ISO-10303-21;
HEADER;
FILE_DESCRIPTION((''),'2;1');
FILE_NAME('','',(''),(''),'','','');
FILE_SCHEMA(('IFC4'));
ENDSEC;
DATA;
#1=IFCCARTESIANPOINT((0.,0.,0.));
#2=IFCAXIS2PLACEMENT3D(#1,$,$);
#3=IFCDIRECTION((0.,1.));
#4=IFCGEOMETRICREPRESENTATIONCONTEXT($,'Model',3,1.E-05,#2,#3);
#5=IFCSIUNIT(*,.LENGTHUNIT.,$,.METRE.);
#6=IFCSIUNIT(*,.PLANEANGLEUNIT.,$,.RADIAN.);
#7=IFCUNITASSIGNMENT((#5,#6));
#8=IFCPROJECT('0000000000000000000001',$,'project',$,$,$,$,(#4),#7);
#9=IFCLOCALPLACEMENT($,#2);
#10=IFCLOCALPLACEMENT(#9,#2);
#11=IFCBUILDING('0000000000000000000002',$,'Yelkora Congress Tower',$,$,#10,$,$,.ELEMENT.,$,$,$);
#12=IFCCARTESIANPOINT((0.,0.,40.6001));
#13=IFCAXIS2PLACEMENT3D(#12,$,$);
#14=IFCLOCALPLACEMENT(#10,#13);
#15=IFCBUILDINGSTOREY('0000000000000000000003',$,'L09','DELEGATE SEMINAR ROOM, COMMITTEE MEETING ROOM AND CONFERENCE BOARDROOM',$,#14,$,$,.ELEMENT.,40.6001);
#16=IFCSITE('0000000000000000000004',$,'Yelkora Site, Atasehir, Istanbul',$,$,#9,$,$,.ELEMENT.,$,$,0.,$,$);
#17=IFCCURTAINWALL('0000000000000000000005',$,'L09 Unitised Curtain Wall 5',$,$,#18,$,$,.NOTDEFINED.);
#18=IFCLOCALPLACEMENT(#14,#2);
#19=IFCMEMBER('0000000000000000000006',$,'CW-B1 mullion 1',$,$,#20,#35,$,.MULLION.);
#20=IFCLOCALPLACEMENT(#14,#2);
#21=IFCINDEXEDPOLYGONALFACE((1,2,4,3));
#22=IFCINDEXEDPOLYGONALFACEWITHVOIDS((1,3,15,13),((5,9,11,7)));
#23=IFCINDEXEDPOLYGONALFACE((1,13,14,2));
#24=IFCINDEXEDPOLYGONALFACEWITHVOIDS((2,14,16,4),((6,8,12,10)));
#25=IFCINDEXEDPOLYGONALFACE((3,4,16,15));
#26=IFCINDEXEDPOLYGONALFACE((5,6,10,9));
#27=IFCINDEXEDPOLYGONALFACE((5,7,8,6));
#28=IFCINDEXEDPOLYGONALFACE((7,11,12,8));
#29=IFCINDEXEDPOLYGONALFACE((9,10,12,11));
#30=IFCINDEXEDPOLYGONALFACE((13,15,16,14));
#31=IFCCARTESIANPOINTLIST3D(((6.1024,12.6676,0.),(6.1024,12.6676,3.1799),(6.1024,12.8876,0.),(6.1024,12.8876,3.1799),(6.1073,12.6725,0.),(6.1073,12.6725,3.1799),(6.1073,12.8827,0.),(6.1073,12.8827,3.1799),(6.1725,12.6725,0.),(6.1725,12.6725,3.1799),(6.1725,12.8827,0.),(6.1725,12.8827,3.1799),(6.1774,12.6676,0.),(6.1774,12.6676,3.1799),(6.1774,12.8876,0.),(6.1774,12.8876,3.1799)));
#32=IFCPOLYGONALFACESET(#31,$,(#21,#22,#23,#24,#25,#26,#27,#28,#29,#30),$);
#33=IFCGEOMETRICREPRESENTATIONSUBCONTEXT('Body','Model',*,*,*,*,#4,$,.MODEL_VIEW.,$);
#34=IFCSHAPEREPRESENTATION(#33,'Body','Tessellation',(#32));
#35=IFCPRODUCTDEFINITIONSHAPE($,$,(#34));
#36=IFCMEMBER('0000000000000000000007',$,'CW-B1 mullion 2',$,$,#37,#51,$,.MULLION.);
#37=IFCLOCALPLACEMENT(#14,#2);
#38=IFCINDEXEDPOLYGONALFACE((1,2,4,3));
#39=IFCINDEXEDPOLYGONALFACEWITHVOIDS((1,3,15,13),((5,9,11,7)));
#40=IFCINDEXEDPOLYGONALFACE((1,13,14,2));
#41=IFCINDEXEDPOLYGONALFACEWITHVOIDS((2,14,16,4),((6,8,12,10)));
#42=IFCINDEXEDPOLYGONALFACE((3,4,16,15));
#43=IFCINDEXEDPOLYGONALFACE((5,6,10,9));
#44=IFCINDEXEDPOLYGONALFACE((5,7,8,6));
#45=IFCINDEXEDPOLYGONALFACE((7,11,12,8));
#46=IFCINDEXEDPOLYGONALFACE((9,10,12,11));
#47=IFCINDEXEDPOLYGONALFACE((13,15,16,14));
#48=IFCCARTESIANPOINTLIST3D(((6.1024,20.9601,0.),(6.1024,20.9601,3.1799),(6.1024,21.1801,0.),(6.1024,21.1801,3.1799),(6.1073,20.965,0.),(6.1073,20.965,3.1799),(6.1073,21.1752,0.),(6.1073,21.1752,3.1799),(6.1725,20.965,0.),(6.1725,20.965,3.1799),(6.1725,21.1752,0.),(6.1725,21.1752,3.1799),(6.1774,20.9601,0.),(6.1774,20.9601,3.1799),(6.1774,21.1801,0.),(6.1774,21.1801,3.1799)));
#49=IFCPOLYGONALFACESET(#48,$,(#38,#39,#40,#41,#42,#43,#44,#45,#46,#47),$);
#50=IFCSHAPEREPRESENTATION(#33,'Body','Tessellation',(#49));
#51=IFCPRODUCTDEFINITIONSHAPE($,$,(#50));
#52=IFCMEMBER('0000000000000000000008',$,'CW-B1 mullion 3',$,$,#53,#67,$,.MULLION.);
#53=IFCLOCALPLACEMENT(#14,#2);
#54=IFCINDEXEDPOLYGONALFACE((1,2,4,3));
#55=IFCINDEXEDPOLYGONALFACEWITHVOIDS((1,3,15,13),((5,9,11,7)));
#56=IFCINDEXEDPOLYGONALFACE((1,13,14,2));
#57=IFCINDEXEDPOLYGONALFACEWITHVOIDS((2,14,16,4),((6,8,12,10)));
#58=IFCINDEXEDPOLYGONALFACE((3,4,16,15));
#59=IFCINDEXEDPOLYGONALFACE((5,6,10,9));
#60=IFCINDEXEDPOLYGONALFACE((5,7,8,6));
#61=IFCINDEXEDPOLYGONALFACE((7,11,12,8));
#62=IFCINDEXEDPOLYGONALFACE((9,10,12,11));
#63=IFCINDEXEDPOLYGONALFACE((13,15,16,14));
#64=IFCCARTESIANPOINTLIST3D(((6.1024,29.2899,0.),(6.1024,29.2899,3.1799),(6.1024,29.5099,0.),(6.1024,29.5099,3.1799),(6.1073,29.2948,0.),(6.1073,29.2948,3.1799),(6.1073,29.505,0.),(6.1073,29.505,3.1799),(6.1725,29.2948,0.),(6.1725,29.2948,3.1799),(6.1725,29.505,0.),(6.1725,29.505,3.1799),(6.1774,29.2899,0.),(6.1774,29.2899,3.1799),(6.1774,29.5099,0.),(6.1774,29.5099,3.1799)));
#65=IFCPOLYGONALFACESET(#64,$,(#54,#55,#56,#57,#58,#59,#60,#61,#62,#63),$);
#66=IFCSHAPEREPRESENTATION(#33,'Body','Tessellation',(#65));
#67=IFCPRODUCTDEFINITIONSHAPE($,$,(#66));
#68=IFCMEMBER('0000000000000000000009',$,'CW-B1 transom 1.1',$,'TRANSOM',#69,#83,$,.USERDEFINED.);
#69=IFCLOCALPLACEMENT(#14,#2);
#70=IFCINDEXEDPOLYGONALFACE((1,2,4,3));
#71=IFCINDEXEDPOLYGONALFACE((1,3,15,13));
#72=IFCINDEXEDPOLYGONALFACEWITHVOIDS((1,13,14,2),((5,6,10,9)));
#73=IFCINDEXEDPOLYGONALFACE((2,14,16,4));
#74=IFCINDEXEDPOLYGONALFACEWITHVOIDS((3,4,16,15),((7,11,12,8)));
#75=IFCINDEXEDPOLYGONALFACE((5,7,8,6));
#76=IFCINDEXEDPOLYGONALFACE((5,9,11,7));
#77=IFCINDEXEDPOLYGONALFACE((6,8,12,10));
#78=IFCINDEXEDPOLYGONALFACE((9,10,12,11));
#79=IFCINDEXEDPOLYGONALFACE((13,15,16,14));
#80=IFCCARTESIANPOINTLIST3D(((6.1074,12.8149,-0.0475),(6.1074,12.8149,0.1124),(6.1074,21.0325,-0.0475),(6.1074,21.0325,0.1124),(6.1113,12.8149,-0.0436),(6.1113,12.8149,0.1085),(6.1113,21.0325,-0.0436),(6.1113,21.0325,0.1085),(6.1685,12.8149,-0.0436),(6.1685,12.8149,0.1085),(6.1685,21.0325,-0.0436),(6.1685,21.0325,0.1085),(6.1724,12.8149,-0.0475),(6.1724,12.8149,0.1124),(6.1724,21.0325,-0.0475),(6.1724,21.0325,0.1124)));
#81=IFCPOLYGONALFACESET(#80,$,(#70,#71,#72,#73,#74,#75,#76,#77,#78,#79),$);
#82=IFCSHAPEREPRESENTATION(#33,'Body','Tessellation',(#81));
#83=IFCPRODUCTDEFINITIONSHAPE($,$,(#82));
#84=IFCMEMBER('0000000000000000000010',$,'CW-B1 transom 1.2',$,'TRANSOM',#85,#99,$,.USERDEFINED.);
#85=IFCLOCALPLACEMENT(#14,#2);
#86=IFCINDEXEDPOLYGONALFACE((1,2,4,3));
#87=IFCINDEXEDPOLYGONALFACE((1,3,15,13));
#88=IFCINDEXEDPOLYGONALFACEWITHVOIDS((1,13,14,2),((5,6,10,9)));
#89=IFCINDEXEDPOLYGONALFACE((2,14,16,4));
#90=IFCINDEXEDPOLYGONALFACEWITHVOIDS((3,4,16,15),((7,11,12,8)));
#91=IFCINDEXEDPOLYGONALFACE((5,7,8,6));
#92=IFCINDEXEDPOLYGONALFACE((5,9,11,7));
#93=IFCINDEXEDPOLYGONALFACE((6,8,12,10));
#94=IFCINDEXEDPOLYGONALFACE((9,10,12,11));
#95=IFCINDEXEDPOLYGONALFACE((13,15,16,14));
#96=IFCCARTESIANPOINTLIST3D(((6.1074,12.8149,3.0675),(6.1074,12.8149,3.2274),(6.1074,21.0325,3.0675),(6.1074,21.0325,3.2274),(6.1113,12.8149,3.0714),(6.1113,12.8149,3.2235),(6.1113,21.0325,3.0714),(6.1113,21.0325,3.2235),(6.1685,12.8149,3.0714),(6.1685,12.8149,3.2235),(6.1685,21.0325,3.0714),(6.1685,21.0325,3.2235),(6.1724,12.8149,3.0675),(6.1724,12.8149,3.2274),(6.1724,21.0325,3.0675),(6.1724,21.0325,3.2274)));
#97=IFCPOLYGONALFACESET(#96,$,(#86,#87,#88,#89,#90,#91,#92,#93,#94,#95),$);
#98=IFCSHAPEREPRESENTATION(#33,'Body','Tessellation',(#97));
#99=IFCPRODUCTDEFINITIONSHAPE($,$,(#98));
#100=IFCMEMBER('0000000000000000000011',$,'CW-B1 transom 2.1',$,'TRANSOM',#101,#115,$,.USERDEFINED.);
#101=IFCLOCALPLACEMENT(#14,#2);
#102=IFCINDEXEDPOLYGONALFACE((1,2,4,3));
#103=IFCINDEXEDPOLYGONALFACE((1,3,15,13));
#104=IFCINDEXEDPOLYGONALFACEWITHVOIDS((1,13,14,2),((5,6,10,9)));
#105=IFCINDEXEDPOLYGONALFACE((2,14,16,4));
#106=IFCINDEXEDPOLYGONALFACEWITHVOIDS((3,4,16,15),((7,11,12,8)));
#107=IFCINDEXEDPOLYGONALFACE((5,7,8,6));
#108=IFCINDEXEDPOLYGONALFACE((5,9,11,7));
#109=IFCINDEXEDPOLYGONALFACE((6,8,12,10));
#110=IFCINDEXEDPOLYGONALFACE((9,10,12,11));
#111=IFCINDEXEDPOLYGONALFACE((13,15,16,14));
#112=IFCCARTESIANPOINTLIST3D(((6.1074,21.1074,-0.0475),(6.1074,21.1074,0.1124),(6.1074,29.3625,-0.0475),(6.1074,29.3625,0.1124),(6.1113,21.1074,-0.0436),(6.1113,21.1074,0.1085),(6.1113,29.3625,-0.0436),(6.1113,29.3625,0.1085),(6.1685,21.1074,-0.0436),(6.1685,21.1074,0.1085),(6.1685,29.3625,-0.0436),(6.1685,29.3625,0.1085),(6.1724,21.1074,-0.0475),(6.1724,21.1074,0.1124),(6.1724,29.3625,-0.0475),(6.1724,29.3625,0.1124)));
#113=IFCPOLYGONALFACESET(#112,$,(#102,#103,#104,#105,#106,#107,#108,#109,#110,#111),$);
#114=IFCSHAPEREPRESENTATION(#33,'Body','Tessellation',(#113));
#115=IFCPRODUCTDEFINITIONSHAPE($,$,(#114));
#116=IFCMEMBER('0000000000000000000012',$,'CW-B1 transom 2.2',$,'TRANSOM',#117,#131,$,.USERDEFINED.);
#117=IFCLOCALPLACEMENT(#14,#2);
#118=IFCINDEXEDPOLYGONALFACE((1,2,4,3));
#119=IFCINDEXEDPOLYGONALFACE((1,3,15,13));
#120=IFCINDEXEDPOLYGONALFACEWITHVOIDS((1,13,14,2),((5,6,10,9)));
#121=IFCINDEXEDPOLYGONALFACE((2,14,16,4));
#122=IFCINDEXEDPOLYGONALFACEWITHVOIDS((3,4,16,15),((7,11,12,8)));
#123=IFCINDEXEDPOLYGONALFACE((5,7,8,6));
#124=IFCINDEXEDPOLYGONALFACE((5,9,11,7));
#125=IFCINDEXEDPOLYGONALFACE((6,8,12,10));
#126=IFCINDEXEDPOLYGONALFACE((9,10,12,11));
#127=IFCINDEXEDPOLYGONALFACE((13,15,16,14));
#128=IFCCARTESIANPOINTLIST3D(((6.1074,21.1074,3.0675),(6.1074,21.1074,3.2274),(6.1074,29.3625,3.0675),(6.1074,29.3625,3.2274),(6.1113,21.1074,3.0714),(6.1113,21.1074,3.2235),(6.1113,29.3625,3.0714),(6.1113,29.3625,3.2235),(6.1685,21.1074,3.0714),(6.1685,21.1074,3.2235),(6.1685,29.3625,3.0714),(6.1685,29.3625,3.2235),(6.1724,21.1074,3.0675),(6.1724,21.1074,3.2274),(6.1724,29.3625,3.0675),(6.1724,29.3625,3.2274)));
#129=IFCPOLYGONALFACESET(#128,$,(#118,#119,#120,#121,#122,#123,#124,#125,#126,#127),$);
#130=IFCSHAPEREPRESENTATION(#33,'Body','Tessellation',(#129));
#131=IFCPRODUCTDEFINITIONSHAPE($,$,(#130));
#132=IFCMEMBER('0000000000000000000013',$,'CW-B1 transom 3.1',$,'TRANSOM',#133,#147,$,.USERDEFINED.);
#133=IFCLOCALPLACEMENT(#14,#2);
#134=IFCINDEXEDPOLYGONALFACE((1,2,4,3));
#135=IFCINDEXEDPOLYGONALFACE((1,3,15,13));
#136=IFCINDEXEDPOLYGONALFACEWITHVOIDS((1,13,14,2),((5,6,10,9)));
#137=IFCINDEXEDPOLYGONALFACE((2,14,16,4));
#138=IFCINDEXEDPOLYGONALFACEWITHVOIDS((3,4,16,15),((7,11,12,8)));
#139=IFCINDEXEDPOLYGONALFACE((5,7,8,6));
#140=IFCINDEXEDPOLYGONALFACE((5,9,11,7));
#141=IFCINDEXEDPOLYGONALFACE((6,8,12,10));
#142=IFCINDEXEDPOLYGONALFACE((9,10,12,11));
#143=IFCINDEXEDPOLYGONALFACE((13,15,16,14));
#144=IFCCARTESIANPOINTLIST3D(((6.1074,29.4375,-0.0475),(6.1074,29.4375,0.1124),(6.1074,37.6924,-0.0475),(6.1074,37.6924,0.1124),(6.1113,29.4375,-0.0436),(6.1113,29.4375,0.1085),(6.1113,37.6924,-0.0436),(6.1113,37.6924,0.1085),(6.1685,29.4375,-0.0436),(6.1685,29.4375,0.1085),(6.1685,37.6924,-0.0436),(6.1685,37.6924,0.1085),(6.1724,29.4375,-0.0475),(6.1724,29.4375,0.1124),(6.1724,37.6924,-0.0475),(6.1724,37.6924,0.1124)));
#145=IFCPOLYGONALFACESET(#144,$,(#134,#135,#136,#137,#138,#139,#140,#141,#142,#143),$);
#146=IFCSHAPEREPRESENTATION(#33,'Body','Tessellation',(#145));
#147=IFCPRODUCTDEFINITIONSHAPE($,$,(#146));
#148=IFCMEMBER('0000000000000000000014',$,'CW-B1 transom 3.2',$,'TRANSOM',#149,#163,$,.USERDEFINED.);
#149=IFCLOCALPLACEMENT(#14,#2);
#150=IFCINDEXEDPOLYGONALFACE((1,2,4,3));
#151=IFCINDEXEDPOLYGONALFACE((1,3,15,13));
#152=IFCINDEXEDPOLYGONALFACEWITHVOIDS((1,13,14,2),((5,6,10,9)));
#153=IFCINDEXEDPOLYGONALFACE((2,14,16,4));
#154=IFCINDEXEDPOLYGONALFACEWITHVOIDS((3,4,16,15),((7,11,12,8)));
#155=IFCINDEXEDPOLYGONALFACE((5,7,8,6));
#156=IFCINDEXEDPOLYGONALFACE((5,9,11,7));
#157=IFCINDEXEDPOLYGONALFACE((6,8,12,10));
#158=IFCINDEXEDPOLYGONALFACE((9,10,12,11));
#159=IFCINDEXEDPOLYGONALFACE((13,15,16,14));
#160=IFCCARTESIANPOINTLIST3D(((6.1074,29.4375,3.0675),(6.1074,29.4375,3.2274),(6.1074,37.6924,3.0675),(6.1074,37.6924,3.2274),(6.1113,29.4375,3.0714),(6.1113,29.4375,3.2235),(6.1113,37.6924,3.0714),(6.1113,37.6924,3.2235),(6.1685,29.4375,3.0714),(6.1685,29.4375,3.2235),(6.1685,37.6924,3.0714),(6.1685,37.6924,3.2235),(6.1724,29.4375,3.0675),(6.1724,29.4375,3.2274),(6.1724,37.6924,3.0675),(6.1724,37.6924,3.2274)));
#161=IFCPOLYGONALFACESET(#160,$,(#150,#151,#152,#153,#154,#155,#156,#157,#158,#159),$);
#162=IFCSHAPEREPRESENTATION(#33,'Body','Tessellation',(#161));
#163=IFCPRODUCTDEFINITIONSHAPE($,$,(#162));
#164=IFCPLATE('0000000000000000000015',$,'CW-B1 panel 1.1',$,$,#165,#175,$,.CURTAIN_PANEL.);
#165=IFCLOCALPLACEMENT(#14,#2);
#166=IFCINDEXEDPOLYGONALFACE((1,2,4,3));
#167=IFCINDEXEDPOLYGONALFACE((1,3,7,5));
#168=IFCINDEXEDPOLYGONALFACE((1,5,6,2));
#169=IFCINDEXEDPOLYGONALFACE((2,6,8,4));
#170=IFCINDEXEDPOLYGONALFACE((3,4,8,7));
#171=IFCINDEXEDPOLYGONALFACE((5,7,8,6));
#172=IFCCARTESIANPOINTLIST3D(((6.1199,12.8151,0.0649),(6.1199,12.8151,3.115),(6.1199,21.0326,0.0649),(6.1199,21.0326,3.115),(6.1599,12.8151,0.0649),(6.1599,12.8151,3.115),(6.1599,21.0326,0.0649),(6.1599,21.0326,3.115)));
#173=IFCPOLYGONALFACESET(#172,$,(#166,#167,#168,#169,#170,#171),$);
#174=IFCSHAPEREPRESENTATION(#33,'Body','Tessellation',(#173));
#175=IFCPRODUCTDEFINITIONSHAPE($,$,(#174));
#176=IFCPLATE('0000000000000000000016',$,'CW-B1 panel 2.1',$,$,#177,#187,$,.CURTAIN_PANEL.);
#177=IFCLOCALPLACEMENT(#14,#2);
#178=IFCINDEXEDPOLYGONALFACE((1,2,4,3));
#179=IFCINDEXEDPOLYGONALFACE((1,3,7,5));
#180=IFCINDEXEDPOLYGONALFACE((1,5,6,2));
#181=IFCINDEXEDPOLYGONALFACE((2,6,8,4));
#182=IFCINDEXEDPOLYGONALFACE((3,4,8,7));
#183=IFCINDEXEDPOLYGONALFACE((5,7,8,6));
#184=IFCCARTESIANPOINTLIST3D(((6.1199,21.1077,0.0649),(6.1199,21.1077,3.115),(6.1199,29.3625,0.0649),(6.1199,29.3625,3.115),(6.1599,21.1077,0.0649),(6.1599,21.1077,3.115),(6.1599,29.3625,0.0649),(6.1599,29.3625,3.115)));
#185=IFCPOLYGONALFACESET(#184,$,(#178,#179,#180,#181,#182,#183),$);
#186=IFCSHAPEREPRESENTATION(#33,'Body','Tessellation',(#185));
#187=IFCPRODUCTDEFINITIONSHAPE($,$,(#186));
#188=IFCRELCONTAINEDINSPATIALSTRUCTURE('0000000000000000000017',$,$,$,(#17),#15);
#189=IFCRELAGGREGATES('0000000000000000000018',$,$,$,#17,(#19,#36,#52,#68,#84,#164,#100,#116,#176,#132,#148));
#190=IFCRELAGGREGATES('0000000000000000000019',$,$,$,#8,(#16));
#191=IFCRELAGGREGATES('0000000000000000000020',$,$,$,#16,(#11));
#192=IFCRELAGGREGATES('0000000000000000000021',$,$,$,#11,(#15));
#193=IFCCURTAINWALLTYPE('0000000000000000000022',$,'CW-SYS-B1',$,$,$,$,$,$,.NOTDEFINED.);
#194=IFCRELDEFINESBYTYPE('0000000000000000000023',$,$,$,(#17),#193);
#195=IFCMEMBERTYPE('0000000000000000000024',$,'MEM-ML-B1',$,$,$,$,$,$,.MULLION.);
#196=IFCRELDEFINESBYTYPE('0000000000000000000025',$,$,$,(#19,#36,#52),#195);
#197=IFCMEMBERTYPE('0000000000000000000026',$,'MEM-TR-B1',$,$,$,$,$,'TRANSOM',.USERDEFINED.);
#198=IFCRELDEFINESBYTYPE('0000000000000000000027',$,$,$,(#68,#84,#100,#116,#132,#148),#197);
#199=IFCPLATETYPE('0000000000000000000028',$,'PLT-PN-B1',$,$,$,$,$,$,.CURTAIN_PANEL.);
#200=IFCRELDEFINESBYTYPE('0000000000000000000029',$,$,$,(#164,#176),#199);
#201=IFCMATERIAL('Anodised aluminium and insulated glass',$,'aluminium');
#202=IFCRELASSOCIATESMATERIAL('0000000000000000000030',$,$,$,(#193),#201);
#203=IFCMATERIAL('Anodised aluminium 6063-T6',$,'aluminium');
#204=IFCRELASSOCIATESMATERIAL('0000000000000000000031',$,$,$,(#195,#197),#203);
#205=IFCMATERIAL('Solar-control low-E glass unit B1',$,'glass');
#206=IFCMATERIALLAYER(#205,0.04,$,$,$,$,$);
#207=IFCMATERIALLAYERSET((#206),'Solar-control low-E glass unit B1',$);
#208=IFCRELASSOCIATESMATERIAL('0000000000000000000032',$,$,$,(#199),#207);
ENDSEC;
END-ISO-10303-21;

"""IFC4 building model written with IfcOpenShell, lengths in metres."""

from ifc_helpers import new_model, si_unit, direction, frame, origin, origin_2d, place, context, subcontext, project, spatial, rectangle, hollow_rectangle, extrude, material, layer, layer_set, material_profile, profile_set, type_object, element, aggregate, save


model = new_model("IFC4")

# Units and contexts
model_context = context("Model", 3, precision=1e-05, world=origin(), true_north=direction((0.0, 1.0)))
body_context = subcontext(model_context, "Body", "Model", "MODEL_VIEW")
ifc_project = project(units=[si_unit("LENGTHUNIT", "METRE"), si_unit("PLANEANGLEUNIT", "RADIAN")], contexts=[model_context])

# Site, building, storey
site_placement = place(None, origin())
site = spatial("IfcSite", under=ifc_project, at=site_placement, Name="Yelkora Site, Atasehir, Istanbul", CompositionType="ELEMENT", RefElevation=0.0)
building_placement = place(site_placement, origin())
building = spatial("IfcBuilding", under=site, at=building_placement, Name="Yelkora Congress Tower", CompositionType="ELEMENT")
storey_placement = place(building_placement, frame((0.0, 0.0, 40.6001)))
storey = spatial("IfcBuildingStorey", under=building, at=storey_placement, Name="L09", Description="DELEGATE SEMINAR ROOM, COMMITTEE MEETING ROOM AND CONFERENCE BOARDROOM", CompositionType="ELEMENT", Elevation=40.6001)

# Curtain wall, members, plates
ifc_material_1 = material(Name="Anodised aluminium and insulated glass", Category="aluminium")
curtain_wall_type = type_object("IfcCurtainWallType", Name="CW-SYS-B1", PredefinedType="NOTDEFINED", material=ifc_material_1)
curtain_wall_placement = place(storey_placement, origin())
curtain_wall = element("IfcCurtainWall", 1, at=curtain_wall_placement, inside=storey, type_object=curtain_wall_type, Name="L09 Unitised Curtain Wall 5", PredefinedType="NOTDEFINED")
ifc_material_2 = material(Name="Anodised aluminium 6063-T6", Category="aluminium")
ifc_material_profile_1 = material_profile(ifc_material_2, hollow_rectangle(XDim=0.075, YDim=0.22, WallThickness=0.0049, at=origin_2d()), Name="ALU 75x220x5")
ifc_profile_set_1 = profile_set([ifc_material_profile_1], Name="Anodised aluminium 6063-T6")
member_type_1 = type_object("IfcMemberType", Name="MEM-ML-B1", PredefinedType="MULLION", material=ifc_profile_set_1)
member_1_placement = place(storey_placement, frame((6.1399, 12.7776, 0.0), z_axis=(0.0, 0.0, 1.0), x_axis=(-1.0, 0.0, 0.0)))
member_1 = element("IfcMember", 2, at=member_1_placement, type_object=member_type_1, Name="CW-B1 mullion 1", PredefinedType="MULLION", context=body_context, shape_type="SweptSolid", body=[
    extrude(hollow_rectangle(XDim=0.075, YDim=0.22, WallThickness=0.0049, at=origin_2d()), origin(), (0.0, 0.0, 1.0), 3.1799),
])
member_2_placement = place(storey_placement, frame((6.1399, 21.0701, 0.0), z_axis=(0.0, 0.0, 1.0), x_axis=(-1.0, 0.0, 0.0)))
member_2 = element("IfcMember", 3, at=member_2_placement, type_object=member_type_1, Name="CW-B1 mullion 2", PredefinedType="MULLION", context=body_context, shape_type="SweptSolid", body=[
    extrude(hollow_rectangle(XDim=0.075, YDim=0.22, WallThickness=0.0049, at=origin_2d()), origin(), (0.0, 0.0, 1.0), 3.1799),
])
member_3_placement = place(storey_placement, frame((6.1399, 29.3999, 0.0), z_axis=(0.0, 0.0, 1.0), x_axis=(-1.0, 0.0, 0.0)))
member_3 = element("IfcMember", 4, at=member_3_placement, type_object=member_type_1, Name="CW-B1 mullion 3", PredefinedType="MULLION", context=body_context, shape_type="SweptSolid", body=[
    extrude(hollow_rectangle(XDim=0.075, YDim=0.22, WallThickness=0.0049, at=origin_2d()), origin(), (0.0, 0.0, 1.0), 3.1799),
])
ifc_material_profile_2 = material_profile(ifc_material_2, hollow_rectangle(XDim=0.0649, YDim=0.1599, WallThickness=0.0039, at=origin_2d()), Name="ALU 65x160x4")
ifc_profile_set_2 = profile_set([ifc_material_profile_2], Name="Anodised aluminium 6063-T6")
member_type_2 = type_object("IfcMemberType", Name="MEM-TR-B1", ElementType="TRANSOM", PredefinedType="USERDEFINED", material=ifc_profile_set_2)
member_4_placement = place(storey_placement, frame((6.1399, 12.8149, 0.0325), z_axis=(0.0, 1.0, 0.0), x_axis=(-1.0, 0.0, 0.0)))
member_4 = element("IfcMember", 5, at=member_4_placement, type_object=member_type_2, Name="CW-B1 transom 1.1", ObjectType="TRANSOM", PredefinedType="USERDEFINED", context=body_context, shape_type="SweptSolid", body=[
    extrude(hollow_rectangle(XDim=0.0649, YDim=0.1599, WallThickness=0.0039, at=origin_2d()), origin(), (0.0, 0.0, 1.0), 8.2175),
])
member_5_placement = place(storey_placement, frame((6.1399, 12.8149, 3.1475), z_axis=(0.0, 1.0, 0.0), x_axis=(-1.0, 0.0, 0.0)))
member_5 = element("IfcMember", 6, at=member_5_placement, type_object=member_type_2, Name="CW-B1 transom 1.2", ObjectType="TRANSOM", PredefinedType="USERDEFINED", context=body_context, shape_type="SweptSolid", body=[
    extrude(hollow_rectangle(XDim=0.0649, YDim=0.1599, WallThickness=0.0039, at=origin_2d()), origin(), (0.0, 0.0, 1.0), 8.2175),
])
member_6_placement = place(storey_placement, frame((6.1399, 21.1074, 0.0325), z_axis=(0.0, 1.0, 0.0), x_axis=(-1.0, 0.0, 0.0)))
member_6 = element("IfcMember", 7, at=member_6_placement, type_object=member_type_2, Name="CW-B1 transom 2.1", ObjectType="TRANSOM", PredefinedType="USERDEFINED", context=body_context, shape_type="SweptSolid", body=[
    extrude(hollow_rectangle(XDim=0.0649, YDim=0.1599, WallThickness=0.0039, at=origin_2d()), origin(), (0.0, 0.0, 1.0), 8.2551),
])
member_7_placement = place(storey_placement, frame((6.1399, 21.1074, 3.1475), z_axis=(0.0, 1.0, 0.0), x_axis=(-1.0, 0.0, 0.0)))
member_7 = element("IfcMember", 8, at=member_7_placement, type_object=member_type_2, Name="CW-B1 transom 2.2", ObjectType="TRANSOM", PredefinedType="USERDEFINED", context=body_context, shape_type="SweptSolid", body=[
    extrude(hollow_rectangle(XDim=0.0649, YDim=0.1599, WallThickness=0.0039, at=origin_2d()), origin(), (0.0, 0.0, 1.0), 8.2551),
])
member_8_placement = place(storey_placement, frame((6.1399, 29.4375, 0.0325), z_axis=(0.0, 1.0, 0.0), x_axis=(-1.0, 0.0, 0.0)))
member_8 = element("IfcMember", 9, at=member_8_placement, type_object=member_type_2, Name="CW-B1 transom 3.1", ObjectType="TRANSOM", PredefinedType="USERDEFINED", context=body_context, shape_type="SweptSolid", body=[
    extrude(hollow_rectangle(XDim=0.0649, YDim=0.1599, WallThickness=0.0039, at=origin_2d()), origin(), (0.0, 0.0, 1.0), 8.2549),
])
member_9_placement = place(storey_placement, frame((6.1399, 29.4375, 3.1475), z_axis=(0.0, 1.0, 0.0), x_axis=(-1.0, 0.0, 0.0)))
member_9 = element("IfcMember", 10, at=member_9_placement, type_object=member_type_2, Name="CW-B1 transom 3.2", ObjectType="TRANSOM", PredefinedType="USERDEFINED", context=body_context, shape_type="SweptSolid", body=[
    extrude(hollow_rectangle(XDim=0.0649, YDim=0.1599, WallThickness=0.0039, at=origin_2d()), origin(), (0.0, 0.0, 1.0), 8.2549),
])
ifc_material_3 = material(Name="Solar-control low-E glass unit B1", Category="glass")
ifc_layer_1 = layer(ifc_material_3, 0.04)
ifc_layer_set_1 = layer_set([ifc_layer_1], Name="Solar-control low-E glass unit B1")
plate_type = type_object("IfcPlateType", Name="PLT-PN-B1", PredefinedType="CURTAIN_PANEL", material=ifc_layer_set_1)
plate_1_placement = place(storey_placement, frame((6.1399, 16.9238, 0.0649), z_axis=(0.0, 0.0, 1.0), x_axis=(0.0, 1.0, 0.0)))
plate_1 = element("IfcPlate", 11, at=plate_1_placement, type_object=plate_type, Name="CW-B1 panel 1.1", PredefinedType="CURTAIN_PANEL", context=body_context, shape_type="SweptSolid", body=[
    extrude(rectangle(XDim=8.2175, YDim=0.04, at=origin_2d()), origin(), (0.0, 0.0, 1.0), 3.05),
])
plate_2_placement = place(storey_placement, frame((6.1399, 25.2351, 0.0649), z_axis=(0.0, 0.0, 1.0), x_axis=(0.0, 1.0, 0.0)))
plate_2 = element("IfcPlate", 12, at=plate_2_placement, type_object=plate_type, Name="CW-B1 panel 2.1", PredefinedType="CURTAIN_PANEL", context=body_context, shape_type="SweptSolid", body=[
    extrude(rectangle(XDim=8.2549, YDim=0.04, at=origin_2d()), origin(), (0.0, 0.0, 1.0), 3.05),
])
aggregate(curtain_wall, [member_1, member_2, member_3, member_4, member_5, plate_1, member_6, member_7, plate_2, member_8, member_9])

save(model, "model.ifc")
